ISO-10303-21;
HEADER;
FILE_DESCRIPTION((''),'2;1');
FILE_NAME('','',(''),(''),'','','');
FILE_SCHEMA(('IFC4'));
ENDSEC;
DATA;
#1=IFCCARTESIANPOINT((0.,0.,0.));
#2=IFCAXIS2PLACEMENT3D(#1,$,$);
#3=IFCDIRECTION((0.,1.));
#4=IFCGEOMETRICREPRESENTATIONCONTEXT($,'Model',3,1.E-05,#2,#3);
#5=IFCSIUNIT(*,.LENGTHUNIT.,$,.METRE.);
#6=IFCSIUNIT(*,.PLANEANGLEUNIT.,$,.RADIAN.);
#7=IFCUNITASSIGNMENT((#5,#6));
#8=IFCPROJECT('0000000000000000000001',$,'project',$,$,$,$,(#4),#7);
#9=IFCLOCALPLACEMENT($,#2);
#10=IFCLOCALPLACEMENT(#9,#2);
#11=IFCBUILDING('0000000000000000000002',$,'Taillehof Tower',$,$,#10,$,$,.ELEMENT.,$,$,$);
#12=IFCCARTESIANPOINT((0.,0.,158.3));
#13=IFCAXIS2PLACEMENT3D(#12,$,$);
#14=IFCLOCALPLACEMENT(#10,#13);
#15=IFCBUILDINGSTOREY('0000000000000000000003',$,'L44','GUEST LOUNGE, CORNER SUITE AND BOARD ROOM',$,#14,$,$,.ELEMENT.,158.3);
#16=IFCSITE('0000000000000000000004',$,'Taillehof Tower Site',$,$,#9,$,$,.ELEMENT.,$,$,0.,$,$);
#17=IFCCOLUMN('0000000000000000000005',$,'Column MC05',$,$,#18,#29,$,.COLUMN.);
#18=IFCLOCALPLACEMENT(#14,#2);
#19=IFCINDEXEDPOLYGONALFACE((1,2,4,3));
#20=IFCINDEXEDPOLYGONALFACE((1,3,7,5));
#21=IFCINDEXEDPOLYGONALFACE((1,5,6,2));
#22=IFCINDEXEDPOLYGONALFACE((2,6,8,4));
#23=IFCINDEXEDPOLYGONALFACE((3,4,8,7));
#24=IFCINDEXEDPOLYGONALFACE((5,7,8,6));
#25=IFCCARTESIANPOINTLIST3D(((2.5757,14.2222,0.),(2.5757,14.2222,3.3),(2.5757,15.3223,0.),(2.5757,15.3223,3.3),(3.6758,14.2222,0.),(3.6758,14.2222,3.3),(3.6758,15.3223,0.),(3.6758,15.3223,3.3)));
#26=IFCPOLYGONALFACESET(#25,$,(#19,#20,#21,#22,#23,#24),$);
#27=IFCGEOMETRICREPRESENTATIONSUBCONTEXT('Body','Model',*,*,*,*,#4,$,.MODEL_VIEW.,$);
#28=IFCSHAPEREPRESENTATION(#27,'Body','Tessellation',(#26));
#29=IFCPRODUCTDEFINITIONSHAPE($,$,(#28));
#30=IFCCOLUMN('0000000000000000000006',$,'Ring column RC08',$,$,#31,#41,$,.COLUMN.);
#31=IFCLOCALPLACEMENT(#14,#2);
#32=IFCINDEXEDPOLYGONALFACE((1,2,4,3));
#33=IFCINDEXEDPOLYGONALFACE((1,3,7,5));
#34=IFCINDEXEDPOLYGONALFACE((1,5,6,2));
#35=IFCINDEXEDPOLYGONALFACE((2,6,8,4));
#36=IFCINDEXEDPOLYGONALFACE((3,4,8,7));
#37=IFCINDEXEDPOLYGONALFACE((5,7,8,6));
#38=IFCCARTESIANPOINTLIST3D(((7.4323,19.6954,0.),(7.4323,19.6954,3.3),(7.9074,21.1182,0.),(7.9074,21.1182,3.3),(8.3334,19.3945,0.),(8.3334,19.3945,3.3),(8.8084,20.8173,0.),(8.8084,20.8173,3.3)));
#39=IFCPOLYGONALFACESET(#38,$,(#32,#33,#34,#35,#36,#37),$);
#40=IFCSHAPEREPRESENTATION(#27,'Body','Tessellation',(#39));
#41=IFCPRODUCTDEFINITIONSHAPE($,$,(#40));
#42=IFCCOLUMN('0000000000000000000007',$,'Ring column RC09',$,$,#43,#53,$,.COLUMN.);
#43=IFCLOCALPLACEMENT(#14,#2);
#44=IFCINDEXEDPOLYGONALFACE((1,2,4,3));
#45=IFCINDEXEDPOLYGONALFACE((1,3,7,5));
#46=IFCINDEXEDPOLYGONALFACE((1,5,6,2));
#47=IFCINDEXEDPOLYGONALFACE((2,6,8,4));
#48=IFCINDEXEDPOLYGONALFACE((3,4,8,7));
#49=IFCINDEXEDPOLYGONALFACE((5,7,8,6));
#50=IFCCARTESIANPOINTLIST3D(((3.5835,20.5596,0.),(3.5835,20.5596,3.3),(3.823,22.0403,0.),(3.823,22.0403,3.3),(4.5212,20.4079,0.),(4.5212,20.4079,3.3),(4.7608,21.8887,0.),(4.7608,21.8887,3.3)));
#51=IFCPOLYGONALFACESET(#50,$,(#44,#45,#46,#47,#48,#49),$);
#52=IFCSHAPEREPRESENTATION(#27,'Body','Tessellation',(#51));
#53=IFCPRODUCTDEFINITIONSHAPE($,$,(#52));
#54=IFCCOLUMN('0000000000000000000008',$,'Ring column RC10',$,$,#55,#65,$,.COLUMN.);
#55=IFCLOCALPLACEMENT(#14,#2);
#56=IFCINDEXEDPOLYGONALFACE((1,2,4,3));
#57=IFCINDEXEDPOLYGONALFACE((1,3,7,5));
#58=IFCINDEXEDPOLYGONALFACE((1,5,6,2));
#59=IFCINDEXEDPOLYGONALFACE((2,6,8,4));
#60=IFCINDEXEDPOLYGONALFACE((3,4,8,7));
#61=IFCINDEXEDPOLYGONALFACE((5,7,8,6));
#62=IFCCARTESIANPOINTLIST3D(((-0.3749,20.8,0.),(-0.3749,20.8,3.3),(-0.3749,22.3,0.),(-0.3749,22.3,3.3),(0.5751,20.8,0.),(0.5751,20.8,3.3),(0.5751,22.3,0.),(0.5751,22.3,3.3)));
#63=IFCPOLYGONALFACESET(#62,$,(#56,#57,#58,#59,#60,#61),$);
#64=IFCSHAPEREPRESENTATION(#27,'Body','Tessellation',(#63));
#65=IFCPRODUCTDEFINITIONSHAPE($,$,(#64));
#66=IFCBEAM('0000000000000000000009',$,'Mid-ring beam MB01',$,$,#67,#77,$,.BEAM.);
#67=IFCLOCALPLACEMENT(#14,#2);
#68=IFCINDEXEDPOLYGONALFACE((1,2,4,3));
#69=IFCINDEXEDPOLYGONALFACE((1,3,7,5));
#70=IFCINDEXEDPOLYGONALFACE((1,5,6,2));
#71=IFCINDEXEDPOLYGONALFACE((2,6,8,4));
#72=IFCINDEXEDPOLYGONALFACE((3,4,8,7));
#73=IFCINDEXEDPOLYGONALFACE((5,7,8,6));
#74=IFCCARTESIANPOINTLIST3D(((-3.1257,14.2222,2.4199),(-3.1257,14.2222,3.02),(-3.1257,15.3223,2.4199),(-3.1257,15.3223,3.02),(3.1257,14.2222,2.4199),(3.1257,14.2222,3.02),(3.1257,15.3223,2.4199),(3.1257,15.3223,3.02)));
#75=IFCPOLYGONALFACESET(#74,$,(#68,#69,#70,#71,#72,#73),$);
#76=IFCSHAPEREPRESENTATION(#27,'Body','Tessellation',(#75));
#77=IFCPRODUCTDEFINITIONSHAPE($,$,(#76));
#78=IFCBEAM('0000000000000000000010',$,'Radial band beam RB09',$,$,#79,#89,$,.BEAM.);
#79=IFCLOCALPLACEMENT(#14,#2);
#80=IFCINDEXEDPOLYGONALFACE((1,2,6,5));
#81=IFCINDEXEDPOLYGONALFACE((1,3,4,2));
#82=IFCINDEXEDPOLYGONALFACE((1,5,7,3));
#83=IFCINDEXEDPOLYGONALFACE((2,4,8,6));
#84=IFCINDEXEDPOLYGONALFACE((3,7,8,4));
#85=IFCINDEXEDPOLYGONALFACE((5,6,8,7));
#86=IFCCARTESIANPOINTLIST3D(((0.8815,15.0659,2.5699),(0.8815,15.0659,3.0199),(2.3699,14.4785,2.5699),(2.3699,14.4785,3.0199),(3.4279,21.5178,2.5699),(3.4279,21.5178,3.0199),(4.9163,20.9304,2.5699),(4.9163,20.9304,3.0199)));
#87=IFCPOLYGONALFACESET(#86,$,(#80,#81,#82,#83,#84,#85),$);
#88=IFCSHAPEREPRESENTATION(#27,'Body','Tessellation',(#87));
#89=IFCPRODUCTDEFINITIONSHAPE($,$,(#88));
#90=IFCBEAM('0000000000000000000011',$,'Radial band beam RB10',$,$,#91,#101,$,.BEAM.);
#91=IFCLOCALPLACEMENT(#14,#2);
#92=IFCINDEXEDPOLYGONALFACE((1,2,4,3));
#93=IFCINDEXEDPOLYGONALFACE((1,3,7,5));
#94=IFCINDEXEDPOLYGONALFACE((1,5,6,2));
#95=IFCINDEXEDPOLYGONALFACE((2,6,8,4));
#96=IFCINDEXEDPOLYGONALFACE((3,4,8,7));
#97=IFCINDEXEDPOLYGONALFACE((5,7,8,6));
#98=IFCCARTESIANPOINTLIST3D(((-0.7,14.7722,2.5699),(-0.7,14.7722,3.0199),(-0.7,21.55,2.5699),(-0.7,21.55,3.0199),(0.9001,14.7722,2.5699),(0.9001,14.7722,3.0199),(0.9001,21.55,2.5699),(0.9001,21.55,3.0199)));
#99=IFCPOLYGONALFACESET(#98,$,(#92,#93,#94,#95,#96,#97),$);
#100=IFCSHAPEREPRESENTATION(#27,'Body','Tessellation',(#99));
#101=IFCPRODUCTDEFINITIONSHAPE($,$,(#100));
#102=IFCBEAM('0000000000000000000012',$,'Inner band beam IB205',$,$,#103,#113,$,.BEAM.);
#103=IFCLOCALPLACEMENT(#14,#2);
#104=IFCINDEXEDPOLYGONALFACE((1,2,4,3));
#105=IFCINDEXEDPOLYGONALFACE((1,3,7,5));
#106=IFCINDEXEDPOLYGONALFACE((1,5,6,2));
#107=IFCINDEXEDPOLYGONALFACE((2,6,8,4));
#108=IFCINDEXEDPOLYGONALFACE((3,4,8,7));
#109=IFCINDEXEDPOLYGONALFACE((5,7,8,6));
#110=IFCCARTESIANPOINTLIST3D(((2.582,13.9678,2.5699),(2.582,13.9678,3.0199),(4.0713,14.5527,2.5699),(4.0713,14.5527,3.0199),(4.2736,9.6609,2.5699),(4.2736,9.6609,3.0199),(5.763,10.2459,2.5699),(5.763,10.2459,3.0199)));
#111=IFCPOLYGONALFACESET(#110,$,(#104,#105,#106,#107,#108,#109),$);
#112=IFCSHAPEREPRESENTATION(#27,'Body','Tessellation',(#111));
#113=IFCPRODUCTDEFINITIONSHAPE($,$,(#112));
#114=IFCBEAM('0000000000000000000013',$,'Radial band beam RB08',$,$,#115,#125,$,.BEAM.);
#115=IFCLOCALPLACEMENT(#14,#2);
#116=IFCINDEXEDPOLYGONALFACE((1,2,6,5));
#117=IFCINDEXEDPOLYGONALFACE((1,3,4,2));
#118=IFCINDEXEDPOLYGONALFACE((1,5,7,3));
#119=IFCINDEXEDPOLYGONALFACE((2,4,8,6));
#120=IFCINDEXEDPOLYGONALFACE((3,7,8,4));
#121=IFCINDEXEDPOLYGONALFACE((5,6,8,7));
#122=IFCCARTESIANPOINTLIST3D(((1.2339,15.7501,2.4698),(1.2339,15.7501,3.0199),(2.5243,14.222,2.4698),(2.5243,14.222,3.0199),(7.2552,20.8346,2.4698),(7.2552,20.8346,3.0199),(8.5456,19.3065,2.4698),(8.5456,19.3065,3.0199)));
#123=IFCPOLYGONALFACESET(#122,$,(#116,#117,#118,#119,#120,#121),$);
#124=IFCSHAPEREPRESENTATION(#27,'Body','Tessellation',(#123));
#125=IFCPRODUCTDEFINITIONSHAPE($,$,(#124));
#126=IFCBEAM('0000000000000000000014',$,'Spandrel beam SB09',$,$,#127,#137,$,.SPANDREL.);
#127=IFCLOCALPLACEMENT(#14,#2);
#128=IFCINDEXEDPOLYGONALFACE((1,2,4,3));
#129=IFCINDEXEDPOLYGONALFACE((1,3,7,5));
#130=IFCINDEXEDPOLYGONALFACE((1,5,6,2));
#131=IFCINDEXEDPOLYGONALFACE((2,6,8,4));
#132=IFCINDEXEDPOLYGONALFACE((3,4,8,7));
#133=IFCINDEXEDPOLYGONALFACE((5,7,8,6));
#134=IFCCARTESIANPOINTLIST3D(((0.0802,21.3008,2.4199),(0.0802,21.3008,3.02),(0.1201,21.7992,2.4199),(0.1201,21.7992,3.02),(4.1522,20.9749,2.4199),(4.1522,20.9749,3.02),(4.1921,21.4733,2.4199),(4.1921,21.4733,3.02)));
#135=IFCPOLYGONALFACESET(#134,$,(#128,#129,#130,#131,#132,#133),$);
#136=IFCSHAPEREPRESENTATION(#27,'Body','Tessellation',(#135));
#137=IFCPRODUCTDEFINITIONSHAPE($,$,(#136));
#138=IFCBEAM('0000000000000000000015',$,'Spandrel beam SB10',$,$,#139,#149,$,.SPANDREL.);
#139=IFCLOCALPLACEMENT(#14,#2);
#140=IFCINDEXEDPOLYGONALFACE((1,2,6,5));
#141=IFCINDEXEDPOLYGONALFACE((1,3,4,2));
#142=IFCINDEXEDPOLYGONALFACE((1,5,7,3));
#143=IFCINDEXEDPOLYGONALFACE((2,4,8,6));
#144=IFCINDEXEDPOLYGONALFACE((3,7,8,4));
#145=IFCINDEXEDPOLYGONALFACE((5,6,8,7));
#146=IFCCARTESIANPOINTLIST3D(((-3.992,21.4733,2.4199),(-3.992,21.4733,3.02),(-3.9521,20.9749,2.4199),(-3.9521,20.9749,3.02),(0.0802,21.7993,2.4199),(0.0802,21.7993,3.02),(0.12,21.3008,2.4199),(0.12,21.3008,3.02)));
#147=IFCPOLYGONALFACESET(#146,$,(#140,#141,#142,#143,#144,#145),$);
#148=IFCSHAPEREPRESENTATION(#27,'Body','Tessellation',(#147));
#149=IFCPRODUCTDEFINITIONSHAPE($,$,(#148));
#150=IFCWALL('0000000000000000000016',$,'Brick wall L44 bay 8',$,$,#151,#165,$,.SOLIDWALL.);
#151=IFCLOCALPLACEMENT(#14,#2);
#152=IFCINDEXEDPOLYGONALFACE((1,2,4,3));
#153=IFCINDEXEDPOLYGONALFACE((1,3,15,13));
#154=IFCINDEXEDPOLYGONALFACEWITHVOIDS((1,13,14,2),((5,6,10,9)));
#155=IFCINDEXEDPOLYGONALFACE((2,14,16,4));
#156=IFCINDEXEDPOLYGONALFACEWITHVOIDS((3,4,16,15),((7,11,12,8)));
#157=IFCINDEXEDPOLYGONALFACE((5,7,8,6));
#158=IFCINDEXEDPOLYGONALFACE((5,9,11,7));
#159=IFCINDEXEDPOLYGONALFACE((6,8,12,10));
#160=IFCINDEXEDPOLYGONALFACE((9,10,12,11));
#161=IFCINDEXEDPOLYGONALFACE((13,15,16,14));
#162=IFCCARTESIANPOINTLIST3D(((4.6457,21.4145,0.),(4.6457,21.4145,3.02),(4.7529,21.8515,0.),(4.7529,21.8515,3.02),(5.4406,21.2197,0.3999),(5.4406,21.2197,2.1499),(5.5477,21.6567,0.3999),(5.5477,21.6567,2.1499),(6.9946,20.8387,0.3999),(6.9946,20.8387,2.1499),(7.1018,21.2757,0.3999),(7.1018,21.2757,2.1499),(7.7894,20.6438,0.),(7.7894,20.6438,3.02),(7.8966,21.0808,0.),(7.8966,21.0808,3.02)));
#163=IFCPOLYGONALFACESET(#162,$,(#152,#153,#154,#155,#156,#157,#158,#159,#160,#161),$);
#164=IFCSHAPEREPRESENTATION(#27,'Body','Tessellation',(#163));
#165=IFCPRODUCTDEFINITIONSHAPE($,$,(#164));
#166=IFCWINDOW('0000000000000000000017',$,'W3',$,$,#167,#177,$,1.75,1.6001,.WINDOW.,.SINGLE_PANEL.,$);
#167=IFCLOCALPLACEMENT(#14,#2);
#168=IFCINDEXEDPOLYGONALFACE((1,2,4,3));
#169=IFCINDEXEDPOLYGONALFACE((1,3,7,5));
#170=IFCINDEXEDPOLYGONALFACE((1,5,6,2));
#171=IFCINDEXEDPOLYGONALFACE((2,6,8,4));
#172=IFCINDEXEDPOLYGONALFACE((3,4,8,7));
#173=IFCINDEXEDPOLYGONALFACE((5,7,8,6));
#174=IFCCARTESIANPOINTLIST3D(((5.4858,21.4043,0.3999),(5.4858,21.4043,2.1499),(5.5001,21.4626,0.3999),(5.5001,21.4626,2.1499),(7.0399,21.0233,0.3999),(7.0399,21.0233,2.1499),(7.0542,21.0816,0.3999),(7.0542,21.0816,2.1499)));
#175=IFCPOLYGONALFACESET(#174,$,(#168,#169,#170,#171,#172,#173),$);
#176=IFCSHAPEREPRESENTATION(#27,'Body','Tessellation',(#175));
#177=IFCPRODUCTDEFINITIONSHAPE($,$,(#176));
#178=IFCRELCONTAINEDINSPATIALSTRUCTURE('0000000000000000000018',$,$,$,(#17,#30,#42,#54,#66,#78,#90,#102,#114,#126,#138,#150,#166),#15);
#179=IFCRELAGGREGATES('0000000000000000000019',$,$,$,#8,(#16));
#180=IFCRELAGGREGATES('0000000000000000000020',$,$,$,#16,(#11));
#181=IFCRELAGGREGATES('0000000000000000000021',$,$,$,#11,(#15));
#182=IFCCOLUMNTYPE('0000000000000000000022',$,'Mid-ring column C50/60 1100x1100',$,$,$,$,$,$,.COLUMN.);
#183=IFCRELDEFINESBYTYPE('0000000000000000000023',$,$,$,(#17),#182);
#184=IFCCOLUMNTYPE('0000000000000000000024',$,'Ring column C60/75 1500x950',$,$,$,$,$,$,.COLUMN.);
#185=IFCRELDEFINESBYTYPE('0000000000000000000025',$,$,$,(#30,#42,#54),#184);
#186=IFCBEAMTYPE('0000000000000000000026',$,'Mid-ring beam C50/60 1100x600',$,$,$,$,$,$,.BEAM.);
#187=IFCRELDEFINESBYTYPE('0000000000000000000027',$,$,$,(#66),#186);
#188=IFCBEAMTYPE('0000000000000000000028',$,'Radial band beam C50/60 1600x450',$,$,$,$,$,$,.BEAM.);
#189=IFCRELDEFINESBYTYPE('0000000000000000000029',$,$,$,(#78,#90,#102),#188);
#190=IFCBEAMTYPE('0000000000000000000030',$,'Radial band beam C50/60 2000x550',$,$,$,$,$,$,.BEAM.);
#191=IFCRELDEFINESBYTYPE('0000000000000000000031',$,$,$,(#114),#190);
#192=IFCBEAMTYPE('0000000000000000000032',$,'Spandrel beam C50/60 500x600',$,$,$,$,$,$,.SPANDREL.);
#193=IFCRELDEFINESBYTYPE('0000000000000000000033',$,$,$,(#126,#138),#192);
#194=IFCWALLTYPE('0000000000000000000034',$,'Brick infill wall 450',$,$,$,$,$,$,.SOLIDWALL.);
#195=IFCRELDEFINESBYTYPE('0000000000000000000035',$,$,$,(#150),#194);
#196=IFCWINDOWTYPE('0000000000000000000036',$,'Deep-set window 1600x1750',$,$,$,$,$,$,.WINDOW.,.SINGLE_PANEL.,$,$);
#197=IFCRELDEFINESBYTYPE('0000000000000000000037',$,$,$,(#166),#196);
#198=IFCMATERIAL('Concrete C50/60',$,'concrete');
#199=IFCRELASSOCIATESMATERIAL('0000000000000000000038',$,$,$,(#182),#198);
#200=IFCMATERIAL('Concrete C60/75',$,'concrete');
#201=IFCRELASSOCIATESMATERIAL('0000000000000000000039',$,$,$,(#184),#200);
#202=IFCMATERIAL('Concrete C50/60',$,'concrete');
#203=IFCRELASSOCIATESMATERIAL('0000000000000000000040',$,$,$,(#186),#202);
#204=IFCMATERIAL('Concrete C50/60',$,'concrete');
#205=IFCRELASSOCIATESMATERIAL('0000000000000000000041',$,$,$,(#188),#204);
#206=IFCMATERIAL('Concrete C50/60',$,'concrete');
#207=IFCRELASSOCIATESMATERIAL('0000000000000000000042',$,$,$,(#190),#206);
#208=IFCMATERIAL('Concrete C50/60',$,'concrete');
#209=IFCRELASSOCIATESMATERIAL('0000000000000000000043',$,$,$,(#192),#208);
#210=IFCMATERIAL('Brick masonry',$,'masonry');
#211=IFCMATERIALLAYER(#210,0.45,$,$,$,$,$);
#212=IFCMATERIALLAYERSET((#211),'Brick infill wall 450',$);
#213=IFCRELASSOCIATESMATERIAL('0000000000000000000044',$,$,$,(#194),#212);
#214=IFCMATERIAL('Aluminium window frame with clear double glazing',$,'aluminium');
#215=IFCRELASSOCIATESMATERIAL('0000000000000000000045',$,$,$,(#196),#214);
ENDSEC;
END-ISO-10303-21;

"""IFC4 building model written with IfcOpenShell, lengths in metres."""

from ifc_helpers import new_model, si_unit, direction, frame, frame_2d, origin, origin_2d, place, context, subcontext, project, spatial, rectangle, extrude, material, layer, layer_set, material_profile, profile_set, type_object, element, fill, save


model = new_model("IFC4")

# Units and contexts
model_context = context("Model", 3, precision=1e-05, world=origin(), true_north=direction((0.0, 1.0)))
body_context = subcontext(model_context, "Body", "Model", "MODEL_VIEW")
ifc_project = project(units=[si_unit("LENGTHUNIT", "METRE"), si_unit("PLANEANGLEUNIT", "RADIAN")], contexts=[model_context])

# Site, building, storey
site_placement = place(None, origin())
site = spatial("IfcSite", under=ifc_project, at=site_placement, Name="Taillehof Tower Site", CompositionType="ELEMENT", RefElevation=0.0)
building_placement = place(site_placement, origin())
building = spatial("IfcBuilding", under=site, at=building_placement, Name="Taillehof Tower", CompositionType="ELEMENT")
storey_placement = place(building_placement, frame((0.0, 0.0, 158.3)))
storey = spatial("IfcBuildingStorey", under=building, at=storey_placement, Name="L44", Description="GUEST LOUNGE, CORNER SUITE AND BOARD ROOM", CompositionType="ELEMENT", Elevation=158.3)

# Columns
ifc_material_1 = material(Name="Concrete C50/60", Category="concrete")
ifc_material_profile_1 = material_profile(ifc_material_1, rectangle(XDim=1.1001, YDim=1.1001, at=origin_2d()), Name="RC 1100x1100")
ifc_profile_set_1 = profile_set([ifc_material_profile_1], Name="Concrete C50/60")
column_type_1 = type_object("IfcColumnType", Name="Mid-ring column C50/60 1100x1100", PredefinedType="COLUMN", material=ifc_profile_set_1)
column_placement = place(storey_placement, frame((3.1257, 14.7722, 0.0), z_axis=(0.0, 0.0, 1.0), x_axis=(1.0, 0.0, 0.0)))
element("IfcColumn", 1, at=column_placement, inside=storey, type_object=column_type_1, Name="Column MC05", PredefinedType="COLUMN", context=body_context, shape_type="SweptSolid", body=[
    extrude(rectangle(XDim=1.1001, YDim=1.1001, at=origin_2d()), origin(), (0.0, 0.0, 1.0), 3.3),
])
ifc_material_2 = material(Name="Concrete C60/75", Category="concrete")
ifc_material_profile_2 = material_profile(ifc_material_2, rectangle(XDim=1.5, YDim=0.95, at=origin_2d()), Name="RC 1500x950")
ifc_profile_set_2 = profile_set([ifc_material_profile_2], Name="Concrete C60/75")
column_type_2 = type_object("IfcColumnType", Name="Ring column C60/75 1500x950", PredefinedType="COLUMN", material=ifc_profile_set_2)
for number, where, z_axis, x_axis, name in (
    (2, (8.1204, 20.2563, 0.0), (0.0, 0.0, 1.0), (0.316703, 0.948525, 0.0), "Ring column RC08"),
    (3, (4.1721, 21.2241, 0.0), (0.0, 0.0, 1.0), (0.159679, 0.987169, 0.0), "Ring column RC09"),
    (4, (0.1001, 21.55, 0.0), (0.0, 0.0, 1.0), (0.0, 1.0, 0.0), "Ring column RC10"),
):
    element("IfcColumn", number, at=place(storey_placement, frame(where, z_axis=z_axis, x_axis=x_axis)), inside=storey, type_object=column_type_2, Name=name, PredefinedType="COLUMN", context=body_context, shape_type="SweptSolid", body=[
        extrude(rectangle(XDim=1.5, YDim=0.95, at=origin_2d()), origin(), (0.0, 0.0, 1.0), 3.3),
    ])

# Beams
ifc_material_3 = material(Name="Concrete C50/60", Category="concrete")
ifc_material_profile_3 = material_profile(ifc_material_3, rectangle(XDim=1.1001, YDim=0.6001, at=origin_2d()), Name="RC 1100x600")
ifc_profile_set_3 = profile_set([ifc_material_profile_3], Name="Concrete C50/60")
beam_type_1 = type_object("IfcBeamType", Name="Mid-ring beam C50/60 1100x600", PredefinedType="BEAM", material=ifc_profile_set_3)
beam_1_placement = place(storey_placement, frame((3.1257, 14.7722, 2.72), z_axis=(-1.0, 0.0, 0.0), x_axis=(0.0, -1.0, 0.0)))
element("IfcBeam", 5, at=beam_1_placement, inside=storey, type_object=beam_type_1, Name="Mid-ring beam MB01", PredefinedType="BEAM", context=body_context, shape_type="SweptSolid", body=[
    extrude(rectangle(XDim=1.1001, YDim=0.6001, at=origin_2d()), origin(), (0.0, 0.0, 1.0), 6.2515),
])
ifc_material_4 = material(Name="Concrete C50/60", Category="concrete")
ifc_material_profile_4 = material_profile(ifc_material_4, rectangle(XDim=1.6001, YDim=0.45, at=origin_2d()), Name="RC 1600x450")
ifc_profile_set_4 = profile_set([ifc_material_profile_4], Name="Concrete C50/60")
beam_type_2 = type_object("IfcBeamType", Name="Radial band beam C50/60 1600x450", PredefinedType="BEAM", material=ifc_profile_set_4)
beam_2_placement = place(storey_placement, frame((4.1721, 21.2241, 2.7949), z_axis=(-0.367114, -0.930176, 0.0), x_axis=(0.930176, -0.367114, 0.0)))
element("IfcBeam", 6, at=beam_2_placement, inside=storey, type_object=beam_type_2, Name="Radial band beam RB09", PredefinedType="BEAM", context=body_context, shape_type="SweptSolid", body=[
    extrude(rectangle(XDim=1.6001, YDim=0.45, at=origin_2d()), origin(), (0.0, 0.0, 1.0), 6.9363),
])
beam_3_placement = place(storey_placement, frame((0.1001, 21.55, 2.7949), z_axis=(0.0, -1.0, 0.0), x_axis=(1.0, 0.0, 0.0)))
element("IfcBeam", 7, at=beam_3_placement, inside=storey, type_object=beam_type_2, Name="Radial band beam RB10", PredefinedType="BEAM", context=body_context, shape_type="SweptSolid", body=[
    extrude(rectangle(XDim=1.6001, YDim=0.45, at=origin_2d()), origin(), (0.0, 0.0, 1.0), 6.7778),
])
beam_4_placement = place(storey_placement, frame((3.3267, 14.2603, 2.7949), z_axis=(0.365589, -0.930777, 0.0), x_axis=(0.930777, 0.365589, 0.0)))
element("IfcBeam", 8, at=beam_4_placement, inside=storey, type_object=beam_type_2, Name="Inner band beam IB205", PredefinedType="BEAM", context=body_context, shape_type="SweptSolid", body=[
    extrude(rectangle(XDim=1.6001, YDim=0.45, at=origin_2d()), origin(), (0.0, 0.0, 1.0), 4.6272),
])
ifc_material_5 = material(Name="Concrete C50/60", Category="concrete")
ifc_material_profile_5 = material_profile(ifc_material_5, rectangle(XDim=2.0, YDim=0.55, at=origin_2d()), Name="RC 2000x550")
ifc_profile_set_5 = profile_set([ifc_material_profile_5], Name="Concrete C50/60")
beam_type_3 = type_object("IfcBeamType", Name="Radial band beam C50/60 2000x550", PredefinedType="BEAM", material=ifc_profile_set_5)
beam_5_placement = place(storey_placement, frame((7.9004, 20.0706, 2.7449), z_axis=(-0.764038, -0.645171, 0.0), x_axis=(0.645171, -0.764038, 0.0)))
element("IfcBeam", 9, at=beam_5_placement, inside=storey, type_object=beam_type_3, Name="Radial band beam RB08", PredefinedType="BEAM", context=body_context, shape_type="SweptSolid", body=[
    extrude(rectangle(XDim=2.0, YDim=0.55, at=origin_2d()), origin(), (0.0, 0.0, 1.0), 7.8809),
])
ifc_material_6 = material(Name="Concrete C50/60", Category="concrete")
ifc_material_profile_6 = material_profile(ifc_material_6, rectangle(XDim=0.5, YDim=0.6001, at=origin_2d()), Name="RC 500x600")
ifc_profile_set_6 = profile_set([ifc_material_profile_6], Name="Concrete C50/60")
beam_type_4 = type_object("IfcBeamType", Name="Spandrel beam C50/60 500x600", PredefinedType="SPANDREL", material=ifc_profile_set_6)
beam_6_placement = place(storey_placement, frame((4.1721, 21.2241, 2.72), z_axis=(-0.996812, 0.079786, 0.0), x_axis=(-0.079786, -0.996812, 0.0)))
element("IfcBeam", 10, at=beam_6_placement, inside=storey, type_object=beam_type_4, Name="Spandrel beam SB09", PredefinedType="SPANDREL", context=body_context, shape_type="SweptSolid", body=[
    extrude(rectangle(XDim=0.5, YDim=0.6001, at=origin_2d()), origin(), (0.0, 0.0, 1.0), 4.085),
])
beam_7_placement = place(storey_placement, frame((0.1001, 21.55, 2.72), z_axis=(-0.996812, -0.079781, 0.0), x_axis=(0.079781, -0.996812, 0.0)))
element("IfcBeam", 11, at=beam_7_placement, inside=storey, type_object=beam_type_4, Name="Spandrel beam SB10", PredefinedType="SPANDREL", context=body_context, shape_type="SweptSolid", body=[
    extrude(rectangle(XDim=0.5, YDim=0.6001, at=origin_2d()), origin(), (0.0, 0.0, 1.0), 4.0852),
])

# Wall, opening, window
ifc_material_7 = material(Name="Brick masonry", Category="masonry")
ifc_layer_1 = layer(ifc_material_7, 0.45)
ifc_layer_set_1 = layer_set([ifc_layer_1], Name="Brick infill wall 450")
wall_type_1 = type_object("IfcWallType", Name="Brick infill wall 450", PredefinedType="SOLIDWALL", material=ifc_layer_set_1)
wall_1_placement = place(storey_placement, frame((7.843, 20.8623, 0.0), z_axis=(0.0, 0.0, 1.0), x_axis=(-0.971237, 0.238114, 0.0)))
wall_1 = element("IfcWall", 12, at=wall_1_placement, inside=storey, type_object=wall_type_1, Name="Brick wall L44 bay 8", PredefinedType="SOLIDWALL", context=body_context, shape_type="SweptSolid", body=[
    extrude(rectangle(XDim=3.2368, YDim=0.45, at=frame_2d((1.6184, 0.0))), origin(), (0.0, 0.0, 1.0), 3.02),
])
opening_1_placement = place(wall_1_placement, frame((0.8184, 0.0, 0.3999)))
opening_1 = element("IfcOpeningElement", 13, at=opening_1_placement, cuts=wall_1, PredefinedType="OPENING", context=body_context, shape_type="SweptSolid", body=[
    extrude(rectangle(XDim=1.6001, YDim=1.75, at=frame_2d((0.8, 0.875))), frame((0.0, 0.2349, 0.0), z_axis=(0.0, -1.0, 0.0), x_axis=(1.0, 0.0, 0.0)), (0.0, 0.0, 1.0), 0.47),
])
ifc_material_8 = material(Name="Aluminium window frame with clear double glazing", Category="aluminium")
window_type = type_object("IfcWindowType", Name="Deep-set window 1600x1750", PartitioningType="SINGLE_PANEL", PredefinedType="WINDOW", material=ifc_material_8)
window_1_placement = place(opening_1_placement, origin())
window_1 = element("IfcWindow", 14, at=window_1_placement, inside=storey, type_object=window_type, Name="W3", OverallHeight=1.75, OverallWidth=1.6001, PartitioningType="SINGLE_PANEL", PredefinedType="WINDOW", context=body_context, shape_type="SweptSolid", body=[
    extrude(rectangle(XDim=1.6001, YDim=1.75, at=frame_2d((0.8, 0.875))), frame((0.0, 0.0349, 0.0), z_axis=(0.0, -1.0, 0.0), x_axis=(1.0, 0.0, 0.0)), (0.0, 0.0, 1.0), 0.0601),
])
fill(opening_1, window_1)

save(model, "model.ifc")
